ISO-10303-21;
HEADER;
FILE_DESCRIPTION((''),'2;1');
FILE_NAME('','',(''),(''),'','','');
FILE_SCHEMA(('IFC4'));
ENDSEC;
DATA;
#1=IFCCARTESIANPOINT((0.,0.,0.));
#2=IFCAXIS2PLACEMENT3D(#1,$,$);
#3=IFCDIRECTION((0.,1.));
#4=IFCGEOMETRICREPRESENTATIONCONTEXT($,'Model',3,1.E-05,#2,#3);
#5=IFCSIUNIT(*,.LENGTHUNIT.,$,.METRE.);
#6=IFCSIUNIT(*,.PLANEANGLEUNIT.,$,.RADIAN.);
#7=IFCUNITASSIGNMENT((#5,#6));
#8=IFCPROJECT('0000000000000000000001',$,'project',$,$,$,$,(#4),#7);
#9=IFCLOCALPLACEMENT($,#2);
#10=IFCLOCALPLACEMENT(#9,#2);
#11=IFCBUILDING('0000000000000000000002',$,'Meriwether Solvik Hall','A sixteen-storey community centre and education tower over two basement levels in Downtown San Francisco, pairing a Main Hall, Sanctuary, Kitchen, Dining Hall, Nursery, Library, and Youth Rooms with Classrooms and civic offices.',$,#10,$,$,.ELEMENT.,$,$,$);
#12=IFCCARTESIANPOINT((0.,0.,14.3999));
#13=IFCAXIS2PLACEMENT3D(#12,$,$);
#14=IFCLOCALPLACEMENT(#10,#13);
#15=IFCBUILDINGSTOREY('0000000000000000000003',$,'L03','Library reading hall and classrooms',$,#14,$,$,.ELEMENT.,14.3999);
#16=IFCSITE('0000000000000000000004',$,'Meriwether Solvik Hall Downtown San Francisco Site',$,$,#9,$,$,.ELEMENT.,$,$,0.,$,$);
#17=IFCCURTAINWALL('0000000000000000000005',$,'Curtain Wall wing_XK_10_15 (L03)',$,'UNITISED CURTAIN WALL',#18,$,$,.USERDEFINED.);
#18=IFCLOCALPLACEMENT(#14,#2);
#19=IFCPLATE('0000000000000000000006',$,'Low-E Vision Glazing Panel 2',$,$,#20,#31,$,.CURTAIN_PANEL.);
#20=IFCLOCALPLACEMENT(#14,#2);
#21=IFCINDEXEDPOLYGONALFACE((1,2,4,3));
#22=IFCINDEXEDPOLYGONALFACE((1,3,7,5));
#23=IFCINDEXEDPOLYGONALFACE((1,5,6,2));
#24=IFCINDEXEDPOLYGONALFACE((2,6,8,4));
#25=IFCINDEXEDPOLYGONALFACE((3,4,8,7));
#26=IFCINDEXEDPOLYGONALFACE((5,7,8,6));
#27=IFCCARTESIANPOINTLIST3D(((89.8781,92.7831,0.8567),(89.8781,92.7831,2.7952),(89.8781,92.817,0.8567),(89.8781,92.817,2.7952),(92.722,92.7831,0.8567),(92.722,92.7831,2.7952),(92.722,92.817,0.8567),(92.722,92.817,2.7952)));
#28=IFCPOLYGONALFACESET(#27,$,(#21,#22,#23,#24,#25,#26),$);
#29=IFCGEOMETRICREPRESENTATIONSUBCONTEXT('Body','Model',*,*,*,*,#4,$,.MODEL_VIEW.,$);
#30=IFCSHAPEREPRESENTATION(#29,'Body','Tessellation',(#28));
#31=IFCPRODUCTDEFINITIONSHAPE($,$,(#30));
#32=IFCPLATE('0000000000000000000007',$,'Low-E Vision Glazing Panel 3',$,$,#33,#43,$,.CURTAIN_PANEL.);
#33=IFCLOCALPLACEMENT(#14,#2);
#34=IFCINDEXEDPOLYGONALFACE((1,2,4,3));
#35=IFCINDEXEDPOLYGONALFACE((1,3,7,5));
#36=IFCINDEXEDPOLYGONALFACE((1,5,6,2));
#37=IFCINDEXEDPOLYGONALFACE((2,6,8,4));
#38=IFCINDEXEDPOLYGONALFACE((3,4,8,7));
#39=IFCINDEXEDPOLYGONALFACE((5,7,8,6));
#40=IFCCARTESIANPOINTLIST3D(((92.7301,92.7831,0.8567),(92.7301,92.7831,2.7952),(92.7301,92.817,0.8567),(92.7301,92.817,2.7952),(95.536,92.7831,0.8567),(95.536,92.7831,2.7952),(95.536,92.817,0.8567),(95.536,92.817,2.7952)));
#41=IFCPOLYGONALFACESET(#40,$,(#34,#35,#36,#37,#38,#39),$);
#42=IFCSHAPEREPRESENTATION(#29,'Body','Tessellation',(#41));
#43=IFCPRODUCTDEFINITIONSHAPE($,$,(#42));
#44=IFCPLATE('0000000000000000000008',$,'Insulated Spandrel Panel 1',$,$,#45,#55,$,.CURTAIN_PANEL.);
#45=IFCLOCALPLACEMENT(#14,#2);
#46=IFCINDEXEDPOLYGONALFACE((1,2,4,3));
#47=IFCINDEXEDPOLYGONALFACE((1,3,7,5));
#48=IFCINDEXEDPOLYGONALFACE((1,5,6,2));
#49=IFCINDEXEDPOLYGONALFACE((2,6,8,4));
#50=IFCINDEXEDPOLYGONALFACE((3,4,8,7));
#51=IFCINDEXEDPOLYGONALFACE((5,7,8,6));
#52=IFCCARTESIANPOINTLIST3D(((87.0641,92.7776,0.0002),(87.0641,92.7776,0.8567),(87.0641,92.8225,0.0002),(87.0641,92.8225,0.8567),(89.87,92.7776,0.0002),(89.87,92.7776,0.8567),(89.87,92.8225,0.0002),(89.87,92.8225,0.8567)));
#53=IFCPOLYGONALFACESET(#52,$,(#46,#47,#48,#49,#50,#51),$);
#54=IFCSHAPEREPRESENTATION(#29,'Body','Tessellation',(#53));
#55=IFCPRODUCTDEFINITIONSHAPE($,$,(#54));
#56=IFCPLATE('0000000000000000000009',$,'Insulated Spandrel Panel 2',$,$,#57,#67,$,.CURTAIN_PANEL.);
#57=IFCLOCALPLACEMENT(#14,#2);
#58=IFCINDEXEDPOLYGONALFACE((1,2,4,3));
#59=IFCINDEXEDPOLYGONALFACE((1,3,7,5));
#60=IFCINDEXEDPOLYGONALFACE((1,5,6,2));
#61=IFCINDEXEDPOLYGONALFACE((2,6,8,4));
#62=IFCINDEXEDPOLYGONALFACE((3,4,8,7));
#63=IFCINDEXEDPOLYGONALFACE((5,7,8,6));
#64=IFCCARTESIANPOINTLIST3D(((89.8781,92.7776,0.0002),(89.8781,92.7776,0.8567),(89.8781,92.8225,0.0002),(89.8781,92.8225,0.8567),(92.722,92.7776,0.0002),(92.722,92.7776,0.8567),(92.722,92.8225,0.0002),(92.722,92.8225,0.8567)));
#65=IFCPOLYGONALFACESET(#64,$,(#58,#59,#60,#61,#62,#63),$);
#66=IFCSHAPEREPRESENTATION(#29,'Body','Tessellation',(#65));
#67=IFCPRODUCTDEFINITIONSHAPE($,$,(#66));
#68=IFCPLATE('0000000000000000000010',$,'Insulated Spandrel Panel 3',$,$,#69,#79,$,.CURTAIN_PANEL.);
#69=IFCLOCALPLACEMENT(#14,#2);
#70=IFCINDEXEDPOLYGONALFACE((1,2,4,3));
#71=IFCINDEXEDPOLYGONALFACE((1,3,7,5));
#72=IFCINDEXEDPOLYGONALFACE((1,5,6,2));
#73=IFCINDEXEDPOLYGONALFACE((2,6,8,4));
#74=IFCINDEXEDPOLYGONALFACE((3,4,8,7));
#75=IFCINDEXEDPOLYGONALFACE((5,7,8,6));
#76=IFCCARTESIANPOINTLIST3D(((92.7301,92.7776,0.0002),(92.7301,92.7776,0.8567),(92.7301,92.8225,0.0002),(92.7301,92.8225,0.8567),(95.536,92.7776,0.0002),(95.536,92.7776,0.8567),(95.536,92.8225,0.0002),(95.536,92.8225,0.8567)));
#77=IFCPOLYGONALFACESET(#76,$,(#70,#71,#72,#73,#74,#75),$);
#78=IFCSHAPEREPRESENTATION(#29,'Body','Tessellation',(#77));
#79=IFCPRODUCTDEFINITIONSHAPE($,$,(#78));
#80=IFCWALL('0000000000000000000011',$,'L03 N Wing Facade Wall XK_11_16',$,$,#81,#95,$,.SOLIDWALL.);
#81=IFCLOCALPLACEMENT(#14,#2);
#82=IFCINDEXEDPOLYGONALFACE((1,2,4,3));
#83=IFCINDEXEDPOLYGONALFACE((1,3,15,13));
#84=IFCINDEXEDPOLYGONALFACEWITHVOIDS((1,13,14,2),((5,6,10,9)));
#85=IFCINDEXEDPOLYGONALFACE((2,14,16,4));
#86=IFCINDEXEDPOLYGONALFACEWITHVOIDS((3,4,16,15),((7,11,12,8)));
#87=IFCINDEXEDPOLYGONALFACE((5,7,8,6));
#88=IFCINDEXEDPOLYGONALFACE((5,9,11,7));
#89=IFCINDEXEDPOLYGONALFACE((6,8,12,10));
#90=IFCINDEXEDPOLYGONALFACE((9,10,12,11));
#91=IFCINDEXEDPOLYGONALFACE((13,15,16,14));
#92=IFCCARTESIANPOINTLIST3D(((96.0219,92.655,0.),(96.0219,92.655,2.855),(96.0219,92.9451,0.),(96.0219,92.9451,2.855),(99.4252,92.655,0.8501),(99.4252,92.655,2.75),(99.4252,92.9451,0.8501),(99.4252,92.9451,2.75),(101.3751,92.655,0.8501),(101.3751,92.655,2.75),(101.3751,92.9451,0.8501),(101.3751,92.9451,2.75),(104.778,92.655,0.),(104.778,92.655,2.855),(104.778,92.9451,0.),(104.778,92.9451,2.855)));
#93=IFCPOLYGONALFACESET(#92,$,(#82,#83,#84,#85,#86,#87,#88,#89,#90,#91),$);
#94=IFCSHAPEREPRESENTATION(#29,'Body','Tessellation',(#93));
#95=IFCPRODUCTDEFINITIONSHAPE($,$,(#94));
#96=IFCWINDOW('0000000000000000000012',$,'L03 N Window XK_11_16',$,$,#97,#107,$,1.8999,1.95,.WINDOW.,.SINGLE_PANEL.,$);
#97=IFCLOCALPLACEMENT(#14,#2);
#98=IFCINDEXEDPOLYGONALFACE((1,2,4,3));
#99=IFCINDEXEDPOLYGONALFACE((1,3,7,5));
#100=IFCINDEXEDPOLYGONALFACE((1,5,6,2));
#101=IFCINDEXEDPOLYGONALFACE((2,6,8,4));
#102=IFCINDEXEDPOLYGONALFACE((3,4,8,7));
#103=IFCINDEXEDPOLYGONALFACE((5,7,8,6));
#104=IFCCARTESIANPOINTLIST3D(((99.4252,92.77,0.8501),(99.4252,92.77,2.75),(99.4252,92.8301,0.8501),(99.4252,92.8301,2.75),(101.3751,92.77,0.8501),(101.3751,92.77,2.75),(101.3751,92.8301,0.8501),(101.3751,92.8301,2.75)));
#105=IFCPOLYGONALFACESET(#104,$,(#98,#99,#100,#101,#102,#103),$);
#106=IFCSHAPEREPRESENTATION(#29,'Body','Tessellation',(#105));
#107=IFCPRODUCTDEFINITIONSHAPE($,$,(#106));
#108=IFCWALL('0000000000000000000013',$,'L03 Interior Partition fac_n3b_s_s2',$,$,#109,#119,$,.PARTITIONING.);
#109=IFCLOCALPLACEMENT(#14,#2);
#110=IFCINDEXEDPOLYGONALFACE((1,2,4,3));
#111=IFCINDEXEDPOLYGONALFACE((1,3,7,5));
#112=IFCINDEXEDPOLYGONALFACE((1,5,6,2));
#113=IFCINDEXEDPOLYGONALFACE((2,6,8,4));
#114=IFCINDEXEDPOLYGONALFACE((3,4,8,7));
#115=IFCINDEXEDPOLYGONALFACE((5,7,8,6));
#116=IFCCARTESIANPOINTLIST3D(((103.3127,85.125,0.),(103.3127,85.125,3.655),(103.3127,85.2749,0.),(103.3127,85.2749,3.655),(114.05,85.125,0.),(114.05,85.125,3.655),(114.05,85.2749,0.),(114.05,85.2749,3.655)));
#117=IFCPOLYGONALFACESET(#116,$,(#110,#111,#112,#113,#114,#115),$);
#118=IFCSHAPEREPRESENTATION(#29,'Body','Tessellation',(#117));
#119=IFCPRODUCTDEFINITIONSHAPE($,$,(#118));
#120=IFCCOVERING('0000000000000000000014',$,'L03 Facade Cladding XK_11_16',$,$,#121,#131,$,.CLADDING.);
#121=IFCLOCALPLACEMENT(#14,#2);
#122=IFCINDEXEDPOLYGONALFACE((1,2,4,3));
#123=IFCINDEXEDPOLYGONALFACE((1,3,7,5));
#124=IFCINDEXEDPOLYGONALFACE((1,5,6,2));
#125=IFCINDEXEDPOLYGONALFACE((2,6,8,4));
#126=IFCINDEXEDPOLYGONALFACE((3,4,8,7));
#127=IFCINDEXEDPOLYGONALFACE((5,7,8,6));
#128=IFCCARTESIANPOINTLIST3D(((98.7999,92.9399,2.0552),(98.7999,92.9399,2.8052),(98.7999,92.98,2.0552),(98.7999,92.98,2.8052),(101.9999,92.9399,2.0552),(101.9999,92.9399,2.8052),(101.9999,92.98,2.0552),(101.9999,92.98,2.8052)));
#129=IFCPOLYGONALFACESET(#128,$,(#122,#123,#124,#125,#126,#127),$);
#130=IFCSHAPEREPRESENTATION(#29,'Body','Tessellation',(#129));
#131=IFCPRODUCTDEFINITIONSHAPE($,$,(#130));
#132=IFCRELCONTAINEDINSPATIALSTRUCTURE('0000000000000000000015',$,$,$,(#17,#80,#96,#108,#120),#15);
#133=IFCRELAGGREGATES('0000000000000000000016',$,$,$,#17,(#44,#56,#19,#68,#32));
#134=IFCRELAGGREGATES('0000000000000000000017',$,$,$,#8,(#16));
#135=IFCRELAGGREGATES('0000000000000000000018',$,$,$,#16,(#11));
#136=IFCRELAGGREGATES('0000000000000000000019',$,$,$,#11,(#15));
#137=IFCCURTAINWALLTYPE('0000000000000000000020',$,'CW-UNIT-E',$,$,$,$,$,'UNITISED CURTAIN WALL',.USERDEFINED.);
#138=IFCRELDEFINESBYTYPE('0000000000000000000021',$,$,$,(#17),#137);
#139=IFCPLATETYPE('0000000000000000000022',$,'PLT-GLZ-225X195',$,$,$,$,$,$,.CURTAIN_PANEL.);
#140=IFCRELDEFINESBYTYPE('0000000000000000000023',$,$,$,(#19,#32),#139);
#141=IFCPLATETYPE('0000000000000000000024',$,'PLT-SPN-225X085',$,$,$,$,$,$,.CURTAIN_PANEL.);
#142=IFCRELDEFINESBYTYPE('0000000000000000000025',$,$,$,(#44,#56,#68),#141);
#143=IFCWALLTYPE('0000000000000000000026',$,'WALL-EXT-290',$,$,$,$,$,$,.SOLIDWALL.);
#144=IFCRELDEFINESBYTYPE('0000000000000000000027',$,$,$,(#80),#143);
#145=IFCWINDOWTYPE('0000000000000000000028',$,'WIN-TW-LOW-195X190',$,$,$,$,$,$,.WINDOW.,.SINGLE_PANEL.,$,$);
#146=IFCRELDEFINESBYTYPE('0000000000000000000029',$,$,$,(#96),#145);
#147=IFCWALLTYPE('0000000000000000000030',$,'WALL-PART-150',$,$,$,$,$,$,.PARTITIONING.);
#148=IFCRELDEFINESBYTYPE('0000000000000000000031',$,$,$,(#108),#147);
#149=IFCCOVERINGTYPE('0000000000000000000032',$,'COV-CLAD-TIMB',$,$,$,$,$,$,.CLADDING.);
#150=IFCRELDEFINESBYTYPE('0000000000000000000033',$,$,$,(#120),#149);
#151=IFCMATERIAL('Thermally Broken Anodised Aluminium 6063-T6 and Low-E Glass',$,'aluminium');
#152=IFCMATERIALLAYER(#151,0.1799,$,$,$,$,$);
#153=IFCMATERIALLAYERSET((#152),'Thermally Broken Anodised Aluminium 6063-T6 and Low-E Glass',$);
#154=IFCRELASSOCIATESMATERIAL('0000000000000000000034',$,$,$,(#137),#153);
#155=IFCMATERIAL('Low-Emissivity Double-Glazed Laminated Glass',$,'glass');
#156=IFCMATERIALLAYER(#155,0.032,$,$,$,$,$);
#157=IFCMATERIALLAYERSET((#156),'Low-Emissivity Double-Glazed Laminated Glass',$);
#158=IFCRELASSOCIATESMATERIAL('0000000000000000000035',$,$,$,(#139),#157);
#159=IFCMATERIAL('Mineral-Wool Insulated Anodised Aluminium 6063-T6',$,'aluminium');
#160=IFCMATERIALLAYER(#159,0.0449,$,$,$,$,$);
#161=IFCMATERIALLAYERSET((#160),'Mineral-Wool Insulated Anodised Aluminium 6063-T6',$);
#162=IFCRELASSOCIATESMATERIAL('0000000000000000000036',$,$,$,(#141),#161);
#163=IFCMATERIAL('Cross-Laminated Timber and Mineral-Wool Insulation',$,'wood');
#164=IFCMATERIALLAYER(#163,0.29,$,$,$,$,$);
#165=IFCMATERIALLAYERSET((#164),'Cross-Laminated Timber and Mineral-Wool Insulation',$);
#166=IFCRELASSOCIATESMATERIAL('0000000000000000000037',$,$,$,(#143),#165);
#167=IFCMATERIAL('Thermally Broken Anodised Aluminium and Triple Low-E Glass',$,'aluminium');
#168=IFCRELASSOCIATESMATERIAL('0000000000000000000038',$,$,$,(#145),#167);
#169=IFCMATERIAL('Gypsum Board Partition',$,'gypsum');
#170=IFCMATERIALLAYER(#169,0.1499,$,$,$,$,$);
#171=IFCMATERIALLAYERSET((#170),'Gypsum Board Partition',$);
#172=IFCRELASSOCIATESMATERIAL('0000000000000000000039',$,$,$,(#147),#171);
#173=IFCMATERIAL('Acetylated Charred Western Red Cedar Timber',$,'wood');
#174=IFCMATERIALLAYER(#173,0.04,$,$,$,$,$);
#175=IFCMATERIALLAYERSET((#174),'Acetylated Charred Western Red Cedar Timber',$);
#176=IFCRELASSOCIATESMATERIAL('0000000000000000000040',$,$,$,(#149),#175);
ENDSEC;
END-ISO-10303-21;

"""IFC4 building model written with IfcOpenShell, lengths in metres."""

from ifc_helpers import new_model, si_unit, direction, frame, frame_2d, origin, origin_2d, place, context, subcontext, project, spatial, rectangle, extrude, material, layer, layer_set, type_object, element, fill, aggregate, save


model = new_model("IFC4")

# Units and contexts
model_context = context("Model", 3, precision=1e-05, world=origin(), true_north=direction((0.0, 1.0)))
body_context = subcontext(model_context, "Body", "Model", "MODEL_VIEW")
ifc_project = project(units=[si_unit("LENGTHUNIT", "METRE"), si_unit("PLANEANGLEUNIT", "RADIAN")], contexts=[model_context])

# Site, building, storey
site_placement = place(None, origin())
site = spatial("IfcSite", under=ifc_project, at=site_placement, Name="Meriwether Solvik Hall Downtown San Francisco Site", CompositionType="ELEMENT", RefElevation=0.0)
building_placement = place(site_placement, origin())
building = spatial("IfcBuilding", under=site, at=building_placement, Name="Meriwether Solvik Hall", Description="A sixteen-storey community centre and education tower over two basement levels in Downtown San Francisco, pairing a Main Hall, Sanctuary, Kitchen, Dining Hall, Nursery, Library, and Youth Rooms with Classrooms and civic offices.", CompositionType="ELEMENT")
storey_placement = place(building_placement, frame((0.0, 0.0, 14.3999)))
storey = spatial("IfcBuildingStorey", under=building, at=storey_placement, Name="L03", Description="Library reading hall and classrooms", CompositionType="ELEMENT", Elevation=14.3999)

# Curtain wall, plates
ifc_material_1 = material(Name="Thermally Broken Anodised Aluminium 6063-T6 and Low-E Glass", Category="aluminium")
ifc_layer_1 = layer(ifc_material_1, 0.1799)
ifc_layer_set_1 = layer_set([ifc_layer_1], Name="Thermally Broken Anodised Aluminium 6063-T6 and Low-E Glass")
curtain_wall_type = type_object("IfcCurtainWallType", Name="CW-UNIT-E", ElementType="UNITISED CURTAIN WALL", PredefinedType="USERDEFINED", material=ifc_layer_set_1)
curtain_wall_placement = place(storey_placement, origin())
curtain_wall = element("IfcCurtainWall", 1, at=curtain_wall_placement, inside=storey, type_object=curtain_wall_type, Name="Curtain Wall wing_XK_10_15 (L03)", ObjectType="UNITISED CURTAIN WALL", PredefinedType="USERDEFINED")
ifc_material_2 = material(Name="Low-Emissivity Double-Glazed Laminated Glass", Category="glass")
ifc_layer_2 = layer(ifc_material_2, 0.032)
ifc_layer_set_2 = layer_set([ifc_layer_2], Name="Low-Emissivity Double-Glazed Laminated Glass")
plate_type_1 = type_object("IfcPlateType", Name="PLT-GLZ-225X195", PredefinedType="CURTAIN_PANEL", material=ifc_layer_set_2)
plate_1_placement = place(storey_placement, frame((91.3, 92.8, 0.8567), z_axis=(0.0, 0.0, 1.0), x_axis=(1.0, 0.0, 0.0)))
plate_1 = element("IfcPlate", 2, at=plate_1_placement, type_object=plate_type_1, Name="Low-E Vision Glazing Panel 2", PredefinedType="CURTAIN_PANEL", context=body_context, shape_type="SweptSolid", body=[
    extrude(rectangle(XDim=2.844, YDim=0.0339, at=origin_2d()), origin(), (0.0, 0.0, 1.0), 1.9385),
])
plate_2_placement = place(storey_placement, frame((94.1331, 92.8, 0.8567), z_axis=(0.0, 0.0, 1.0), x_axis=(1.0, 0.0, 0.0)))
plate_2 = element("IfcPlate", 3, at=plate_2_placement, type_object=plate_type_1, Name="Low-E Vision Glazing Panel 3", PredefinedType="CURTAIN_PANEL", context=body_context, shape_type="SweptSolid", body=[
    extrude(rectangle(XDim=2.8059, YDim=0.0339, at=origin_2d()), origin(), (0.0, 0.0, 1.0), 1.9385),
])
ifc_material_3 = material(Name="Mineral-Wool Insulated Anodised Aluminium 6063-T6", Category="aluminium")
ifc_layer_3 = layer(ifc_material_3, 0.0449)
ifc_layer_set_3 = layer_set([ifc_layer_3], Name="Mineral-Wool Insulated Anodised Aluminium 6063-T6")
plate_type_2 = type_object("IfcPlateType", Name="PLT-SPN-225X085", PredefinedType="CURTAIN_PANEL", material=ifc_layer_set_3)
plate_3_placement = place(storey_placement, frame((88.467, 92.8, 0.0002), z_axis=(0.0, 0.0, 1.0), x_axis=(1.0, 0.0, 0.0)))
plate_3 = element("IfcPlate", 4, at=plate_3_placement, type_object=plate_type_2, Name="Insulated Spandrel Panel 1", PredefinedType="CURTAIN_PANEL", context=body_context, shape_type="SweptSolid", body=[
    extrude(rectangle(XDim=2.8059, YDim=0.0449, at=origin_2d()), origin(), (0.0, 0.0, 1.0), 0.8564),
])
plate_4_placement = place(storey_placement, frame((91.3, 92.8, 0.0002), z_axis=(0.0, 0.0, 1.0), x_axis=(1.0, 0.0, 0.0)))
plate_4 = element("IfcPlate", 5, at=plate_4_placement, type_object=plate_type_2, Name="Insulated Spandrel Panel 2", PredefinedType="CURTAIN_PANEL", context=body_context, shape_type="SweptSolid", body=[
    extrude(rectangle(XDim=2.844, YDim=0.0449, at=origin_2d()), origin(), (0.0, 0.0, 1.0), 0.8564),
])
plate_5_placement = place(storey_placement, frame((94.1331, 92.8, 0.0002), z_axis=(0.0, 0.0, 1.0), x_axis=(1.0, 0.0, 0.0)))
plate_5 = element("IfcPlate", 6, at=plate_5_placement, type_object=plate_type_2, Name="Insulated Spandrel Panel 3", PredefinedType="CURTAIN_PANEL", context=body_context, shape_type="SweptSolid", body=[
    extrude(rectangle(XDim=2.8059, YDim=0.0449, at=origin_2d()), origin(), (0.0, 0.0, 1.0), 0.8564),
])
aggregate(curtain_wall, [plate_3, plate_4, plate_1, plate_5, plate_2])

# Wall, opening, window
ifc_material_4 = material(Name="Cross-Laminated Timber and Mineral-Wool Insulation", Category="wood")
ifc_layer_4 = layer(ifc_material_4, 0.29)
ifc_layer_set_4 = layer_set([ifc_layer_4], Name="Cross-Laminated Timber and Mineral-Wool Insulation")
wall_type_1 = type_object("IfcWallType", Name="WALL-EXT-290", PredefinedType="SOLIDWALL", material=ifc_layer_set_4)
wall_1_placement = place(storey_placement, frame((96.022, 92.8, 0.0), z_axis=(0.0, 0.0, 1.0), x_axis=(1.0, 0.0, 0.0)))
wall_1 = element("IfcWall", 7, at=wall_1_placement, inside=storey, type_object=wall_type_1, Name="L03 N Wing Facade Wall XK_11_16", PredefinedType="SOLIDWALL", context=body_context, shape_type="SweptSolid", body=[
    extrude(rectangle(XDim=8.7561, YDim=0.29, at=frame_2d((4.3779, 0.0))), origin(), (0.0, 0.0, 1.0), 2.855),
])
opening_placement = place(wall_1_placement, frame((3.4031, 0.0, 0.8501)))
opening = element("IfcOpeningElement", 8, at=opening_placement, cuts=wall_1, PredefinedType="OPENING", context=body_context, shape_type="SweptSolid", body=[
    extrude(rectangle(XDim=1.95, YDim=1.8999, at=frame_2d((0.9751, 0.95))), frame((0.0, 0.157, 0.0), z_axis=(0.0, -1.0, 0.0), x_axis=(1.0, 0.0, 0.0)), (0.0, 0.0, 1.0), 0.314),
])
ifc_material_5 = material(Name="Thermally Broken Anodised Aluminium and Triple Low-E Glass", Category="aluminium")
window_type = type_object("IfcWindowType", Name="WIN-TW-LOW-195X190", PartitioningType="SINGLE_PANEL", PredefinedType="WINDOW", material=ifc_material_5)
window_placement = place(opening_placement, origin())
window = element("IfcWindow", 9, at=window_placement, inside=storey, type_object=window_type, Name="L03 N Window XK_11_16", OverallHeight=1.8999, OverallWidth=1.95, PartitioningType="SINGLE_PANEL", PredefinedType="WINDOW", context=body_context, shape_type="SweptSolid", body=[
    extrude(rectangle(XDim=1.95, YDim=1.8999, at=frame_2d((0.9751, 0.95))), frame((0.0, 0.03, 0.0), z_axis=(0.0, -1.0, 0.0), x_axis=(1.0, 0.0, 0.0)), (0.0, 0.0, 1.0), 0.0601),
])
fill(opening, window)

# Wall
ifc_material_6 = material(Name="Gypsum Board Partition", Category="gypsum")
ifc_layer_5 = layer(ifc_material_6, 0.1499)
ifc_layer_set_5 = layer_set([ifc_layer_5], Name="Gypsum Board Partition")
wall_type_2 = type_object("IfcWallType", Name="WALL-PART-150", PredefinedType="PARTITIONING", material=ifc_layer_set_5)
wall_2_placement = place(storey_placement, frame((103.3127, 85.2, 0.0), z_axis=(0.0, 0.0, 1.0), x_axis=(1.0, 0.0, 0.0)))
element("IfcWall", 10, at=wall_2_placement, inside=storey, type_object=wall_type_2, Name="L03 Interior Partition fac_n3b_s_s2", PredefinedType="PARTITIONING", context=body_context, shape_type="SweptSolid", body=[
    extrude(rectangle(XDim=10.7373, YDim=0.1499, at=frame_2d((5.3687, 0.0))), origin(), (0.0, 0.0, 1.0), 3.655),
])

# Covering
ifc_material_7 = material(Name="Acetylated Charred Western Red Cedar Timber", Category="wood")
ifc_layer_6 = layer(ifc_material_7, 0.04)
ifc_layer_set_6 = layer_set([ifc_layer_6], Name="Acetylated Charred Western Red Cedar Timber")
covering_type = type_object("IfcCoveringType", Name="COV-CLAD-TIMB", PredefinedType="CLADDING", material=ifc_layer_set_6)
covering_placement = place(storey_placement, frame((100.3999, 92.96, 2.0552), z_axis=(0.0, 0.0, 1.0), x_axis=(1.0, 0.0, 0.0)))
element("IfcCovering", 11, at=covering_placement, inside=storey, type_object=covering_type, Name="L03 Facade Cladding XK_11_16", PredefinedType="CLADDING", context=body_context, shape_type="SweptSolid", body=[
    extrude(rectangle(XDim=3.2, YDim=0.04, at=origin_2d()), origin(), (0.0, 0.0, 1.0), 0.75),
])

save(model, "model.ifc")
